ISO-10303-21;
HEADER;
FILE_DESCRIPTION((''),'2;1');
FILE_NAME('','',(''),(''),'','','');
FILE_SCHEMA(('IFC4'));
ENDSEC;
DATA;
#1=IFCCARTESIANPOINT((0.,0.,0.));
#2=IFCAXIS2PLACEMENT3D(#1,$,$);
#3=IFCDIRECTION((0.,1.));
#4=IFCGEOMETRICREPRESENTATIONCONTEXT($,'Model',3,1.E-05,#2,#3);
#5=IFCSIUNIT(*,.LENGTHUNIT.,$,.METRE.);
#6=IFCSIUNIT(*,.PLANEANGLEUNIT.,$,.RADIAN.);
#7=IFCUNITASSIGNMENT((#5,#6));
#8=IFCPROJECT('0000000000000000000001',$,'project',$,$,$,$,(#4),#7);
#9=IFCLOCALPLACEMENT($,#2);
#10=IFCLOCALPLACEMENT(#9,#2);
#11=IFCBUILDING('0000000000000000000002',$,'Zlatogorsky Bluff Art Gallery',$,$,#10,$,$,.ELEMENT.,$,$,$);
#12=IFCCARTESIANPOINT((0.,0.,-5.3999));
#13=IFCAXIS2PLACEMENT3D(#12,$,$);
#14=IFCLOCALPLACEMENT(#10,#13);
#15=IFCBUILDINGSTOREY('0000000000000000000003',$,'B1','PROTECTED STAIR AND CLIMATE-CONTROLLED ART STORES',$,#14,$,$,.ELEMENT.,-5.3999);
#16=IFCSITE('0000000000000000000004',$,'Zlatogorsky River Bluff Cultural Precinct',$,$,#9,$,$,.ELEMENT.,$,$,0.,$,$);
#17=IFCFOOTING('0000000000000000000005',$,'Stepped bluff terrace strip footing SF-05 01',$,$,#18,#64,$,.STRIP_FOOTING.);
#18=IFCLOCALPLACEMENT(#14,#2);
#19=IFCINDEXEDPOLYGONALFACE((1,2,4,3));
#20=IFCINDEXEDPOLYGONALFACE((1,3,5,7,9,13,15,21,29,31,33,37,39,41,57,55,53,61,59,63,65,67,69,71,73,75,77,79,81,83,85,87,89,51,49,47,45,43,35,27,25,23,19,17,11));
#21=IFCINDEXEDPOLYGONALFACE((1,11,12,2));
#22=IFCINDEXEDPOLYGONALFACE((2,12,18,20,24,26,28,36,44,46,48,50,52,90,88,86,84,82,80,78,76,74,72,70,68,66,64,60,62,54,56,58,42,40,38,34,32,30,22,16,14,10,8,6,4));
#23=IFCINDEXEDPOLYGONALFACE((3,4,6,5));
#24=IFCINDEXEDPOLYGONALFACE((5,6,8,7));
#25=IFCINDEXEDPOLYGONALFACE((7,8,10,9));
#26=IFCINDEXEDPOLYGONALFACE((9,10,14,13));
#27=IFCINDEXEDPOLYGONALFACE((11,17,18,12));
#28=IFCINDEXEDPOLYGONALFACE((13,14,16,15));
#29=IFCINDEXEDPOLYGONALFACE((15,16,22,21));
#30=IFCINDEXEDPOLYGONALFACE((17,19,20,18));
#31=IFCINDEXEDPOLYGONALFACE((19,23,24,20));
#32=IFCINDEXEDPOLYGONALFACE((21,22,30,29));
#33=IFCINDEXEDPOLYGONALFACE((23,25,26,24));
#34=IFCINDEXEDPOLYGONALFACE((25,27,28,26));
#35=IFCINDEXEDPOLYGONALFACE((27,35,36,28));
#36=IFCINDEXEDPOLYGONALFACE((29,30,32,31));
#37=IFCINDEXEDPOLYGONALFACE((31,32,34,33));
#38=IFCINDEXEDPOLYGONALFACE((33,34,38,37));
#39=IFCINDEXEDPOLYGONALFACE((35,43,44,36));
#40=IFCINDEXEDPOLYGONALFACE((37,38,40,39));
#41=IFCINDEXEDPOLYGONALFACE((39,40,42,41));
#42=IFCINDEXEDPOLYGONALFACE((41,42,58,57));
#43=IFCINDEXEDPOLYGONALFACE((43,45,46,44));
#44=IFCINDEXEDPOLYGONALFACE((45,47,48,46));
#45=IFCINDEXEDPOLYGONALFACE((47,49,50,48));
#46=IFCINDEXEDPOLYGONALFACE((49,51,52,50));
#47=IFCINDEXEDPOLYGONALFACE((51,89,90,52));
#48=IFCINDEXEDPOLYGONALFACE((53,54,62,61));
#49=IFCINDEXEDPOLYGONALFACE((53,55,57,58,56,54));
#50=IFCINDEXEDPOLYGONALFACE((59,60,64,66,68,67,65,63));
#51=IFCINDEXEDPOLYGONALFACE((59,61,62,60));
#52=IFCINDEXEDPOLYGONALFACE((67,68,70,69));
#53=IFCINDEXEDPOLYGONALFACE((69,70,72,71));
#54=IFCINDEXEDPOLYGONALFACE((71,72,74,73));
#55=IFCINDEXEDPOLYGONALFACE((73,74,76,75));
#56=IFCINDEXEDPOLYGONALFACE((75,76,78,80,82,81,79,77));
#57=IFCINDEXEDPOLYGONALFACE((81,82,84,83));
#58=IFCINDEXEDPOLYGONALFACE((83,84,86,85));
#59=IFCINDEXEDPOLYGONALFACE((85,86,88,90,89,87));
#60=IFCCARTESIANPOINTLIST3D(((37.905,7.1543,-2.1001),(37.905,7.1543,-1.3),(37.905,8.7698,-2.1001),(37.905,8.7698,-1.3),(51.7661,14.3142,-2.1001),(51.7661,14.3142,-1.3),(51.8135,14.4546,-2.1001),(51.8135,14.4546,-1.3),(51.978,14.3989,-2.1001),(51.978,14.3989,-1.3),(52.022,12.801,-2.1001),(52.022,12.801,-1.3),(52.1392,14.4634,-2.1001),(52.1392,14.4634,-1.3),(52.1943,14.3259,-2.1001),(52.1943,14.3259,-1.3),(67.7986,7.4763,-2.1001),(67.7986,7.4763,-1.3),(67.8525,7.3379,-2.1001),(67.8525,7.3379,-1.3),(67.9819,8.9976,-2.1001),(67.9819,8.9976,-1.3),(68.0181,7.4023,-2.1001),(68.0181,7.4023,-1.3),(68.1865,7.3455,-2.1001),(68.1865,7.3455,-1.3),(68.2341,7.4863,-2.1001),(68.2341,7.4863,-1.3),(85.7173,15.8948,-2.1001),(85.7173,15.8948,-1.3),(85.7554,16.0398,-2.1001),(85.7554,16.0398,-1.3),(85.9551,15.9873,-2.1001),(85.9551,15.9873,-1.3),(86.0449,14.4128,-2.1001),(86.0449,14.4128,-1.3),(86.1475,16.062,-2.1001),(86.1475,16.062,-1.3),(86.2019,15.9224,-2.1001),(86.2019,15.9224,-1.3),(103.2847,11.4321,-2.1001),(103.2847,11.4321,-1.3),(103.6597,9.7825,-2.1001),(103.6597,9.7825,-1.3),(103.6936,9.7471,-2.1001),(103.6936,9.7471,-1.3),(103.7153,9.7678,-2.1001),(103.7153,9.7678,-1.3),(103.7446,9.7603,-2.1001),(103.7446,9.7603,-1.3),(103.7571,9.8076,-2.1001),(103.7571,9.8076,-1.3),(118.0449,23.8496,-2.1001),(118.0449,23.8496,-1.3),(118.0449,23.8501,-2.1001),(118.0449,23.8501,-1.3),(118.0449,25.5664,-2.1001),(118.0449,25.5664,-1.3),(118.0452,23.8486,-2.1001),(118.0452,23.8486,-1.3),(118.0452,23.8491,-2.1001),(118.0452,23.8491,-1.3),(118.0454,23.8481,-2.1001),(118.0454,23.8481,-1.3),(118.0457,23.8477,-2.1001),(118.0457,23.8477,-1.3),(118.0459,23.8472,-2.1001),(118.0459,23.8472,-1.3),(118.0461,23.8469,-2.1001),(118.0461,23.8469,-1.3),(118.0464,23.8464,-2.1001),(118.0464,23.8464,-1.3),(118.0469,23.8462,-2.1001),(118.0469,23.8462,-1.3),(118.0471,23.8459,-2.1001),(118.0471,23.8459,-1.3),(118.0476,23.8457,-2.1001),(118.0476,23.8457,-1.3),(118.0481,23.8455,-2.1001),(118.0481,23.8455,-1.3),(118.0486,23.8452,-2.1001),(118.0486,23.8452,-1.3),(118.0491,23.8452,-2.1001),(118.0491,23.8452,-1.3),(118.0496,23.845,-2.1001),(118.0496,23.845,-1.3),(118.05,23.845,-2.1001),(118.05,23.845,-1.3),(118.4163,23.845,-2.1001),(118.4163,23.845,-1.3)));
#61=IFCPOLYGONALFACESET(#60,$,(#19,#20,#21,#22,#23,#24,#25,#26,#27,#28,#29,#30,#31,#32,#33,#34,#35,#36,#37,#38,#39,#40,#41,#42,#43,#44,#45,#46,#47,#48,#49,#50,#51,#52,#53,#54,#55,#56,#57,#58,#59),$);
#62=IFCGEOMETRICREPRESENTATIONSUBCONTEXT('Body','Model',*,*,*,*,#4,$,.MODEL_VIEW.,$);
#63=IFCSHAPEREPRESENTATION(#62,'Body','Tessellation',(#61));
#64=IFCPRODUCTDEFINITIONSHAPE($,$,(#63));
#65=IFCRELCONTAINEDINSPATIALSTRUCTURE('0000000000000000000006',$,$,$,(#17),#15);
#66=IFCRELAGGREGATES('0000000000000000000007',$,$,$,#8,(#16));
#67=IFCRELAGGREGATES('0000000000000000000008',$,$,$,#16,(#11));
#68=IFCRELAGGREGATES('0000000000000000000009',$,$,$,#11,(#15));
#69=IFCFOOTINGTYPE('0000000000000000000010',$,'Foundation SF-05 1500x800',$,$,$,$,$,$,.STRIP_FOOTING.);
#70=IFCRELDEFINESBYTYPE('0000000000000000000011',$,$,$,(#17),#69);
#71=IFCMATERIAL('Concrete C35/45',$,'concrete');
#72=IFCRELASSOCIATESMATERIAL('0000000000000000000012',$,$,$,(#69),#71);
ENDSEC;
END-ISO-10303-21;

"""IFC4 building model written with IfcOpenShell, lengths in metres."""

from ifc_helpers import new_model, si_unit, direction, frame, origin, place, context, subcontext, project, spatial, polyline, outline, extrude, material, type_object, element, save


model = new_model("IFC4")

# Units and contexts
model_context = context("Model", 3, precision=1e-05, world=origin(), true_north=direction((0.0, 1.0)))
body_context = subcontext(model_context, "Body", "Model", "MODEL_VIEW")
ifc_project = project(units=[si_unit("LENGTHUNIT", "METRE"), si_unit("PLANEANGLEUNIT", "RADIAN")], contexts=[model_context])

# Site, building, storey
site_placement = place(None, origin())
site = spatial("IfcSite", under=ifc_project, at=site_placement, Name="Zlatogorsky River Bluff Cultural Precinct", CompositionType="ELEMENT", RefElevation=0.0)
building_placement = place(site_placement, origin())
building = spatial("IfcBuilding", under=site, at=building_placement, Name="Zlatogorsky Bluff Art Gallery", CompositionType="ELEMENT")
storey_placement = place(building_placement, frame((0.0, 0.0, -5.3999)))
storey = spatial("IfcBuildingStorey", under=building, at=storey_placement, Name="B1", Description="PROTECTED STAIR AND CLIMATE-CONTROLLED ART STORES", CompositionType="ELEMENT", Elevation=-5.3999)

# Footing
ifc_material = material(Name="Concrete C35/45", Category="concrete")
footing_type_1 = type_object("IfcFootingType", Name="Foundation SF-05 1500x800", PredefinedType="STRIP_FOOTING", material=ifc_material)
footing_1_placement = place(storey_placement, frame((0.0, 0.0, -2.1001)))
element("IfcFooting", 1, at=footing_1_placement, inside=storey, type_object=footing_type_1, Name="Stepped bluff terrace strip footing SF-05 01", PredefinedType="STRIP_FOOTING", context=body_context, shape_type="SweptSolid", body=[
    extrude(outline(polyline([(51.8135, 14.4546), (51.978, 14.3989), (52.1392, 14.4634), (52.1943, 14.3259), (67.9819, 8.9976), (85.7173, 15.8948), (85.7554, 16.0398), (85.9551, 15.9873), (86.1475, 16.062), (86.2019, 15.9224), (103.2847, 11.4321), (118.0449, 25.5664), (118.0449, 23.8501), (118.0449, 23.8496), (118.0452, 23.8491), (118.0452, 23.8486), (118.0454, 23.8481), (118.0457, 23.8477), (118.0459, 23.8472), (118.0461, 23.8469), (118.0464, 23.8464), (118.0469, 23.8462), (118.0471, 23.8459), (118.0476, 23.8457), (118.0481, 23.8455), (118.0486, 23.8452), (118.0491, 23.8452), (118.0496, 23.845), (118.05, 23.845), (118.4163, 23.845), (103.7571, 9.8076), (103.7446, 9.7603), (103.7153, 9.7678), (103.6936, 9.7471), (103.6597, 9.7825), (86.0449, 14.4128), (68.2341, 7.4863), (68.1865, 7.3455), (68.0181, 7.4023), (67.8525, 7.3379), (67.7986, 7.4763), (52.022, 12.801), (37.905, 7.1543), (37.905, 8.7698), (51.7661, 14.3142), (51.8135, 14.4546)])), origin(), (0.0, 0.0, 1.0), 0.8),
])

save(model, "model.ifc")
